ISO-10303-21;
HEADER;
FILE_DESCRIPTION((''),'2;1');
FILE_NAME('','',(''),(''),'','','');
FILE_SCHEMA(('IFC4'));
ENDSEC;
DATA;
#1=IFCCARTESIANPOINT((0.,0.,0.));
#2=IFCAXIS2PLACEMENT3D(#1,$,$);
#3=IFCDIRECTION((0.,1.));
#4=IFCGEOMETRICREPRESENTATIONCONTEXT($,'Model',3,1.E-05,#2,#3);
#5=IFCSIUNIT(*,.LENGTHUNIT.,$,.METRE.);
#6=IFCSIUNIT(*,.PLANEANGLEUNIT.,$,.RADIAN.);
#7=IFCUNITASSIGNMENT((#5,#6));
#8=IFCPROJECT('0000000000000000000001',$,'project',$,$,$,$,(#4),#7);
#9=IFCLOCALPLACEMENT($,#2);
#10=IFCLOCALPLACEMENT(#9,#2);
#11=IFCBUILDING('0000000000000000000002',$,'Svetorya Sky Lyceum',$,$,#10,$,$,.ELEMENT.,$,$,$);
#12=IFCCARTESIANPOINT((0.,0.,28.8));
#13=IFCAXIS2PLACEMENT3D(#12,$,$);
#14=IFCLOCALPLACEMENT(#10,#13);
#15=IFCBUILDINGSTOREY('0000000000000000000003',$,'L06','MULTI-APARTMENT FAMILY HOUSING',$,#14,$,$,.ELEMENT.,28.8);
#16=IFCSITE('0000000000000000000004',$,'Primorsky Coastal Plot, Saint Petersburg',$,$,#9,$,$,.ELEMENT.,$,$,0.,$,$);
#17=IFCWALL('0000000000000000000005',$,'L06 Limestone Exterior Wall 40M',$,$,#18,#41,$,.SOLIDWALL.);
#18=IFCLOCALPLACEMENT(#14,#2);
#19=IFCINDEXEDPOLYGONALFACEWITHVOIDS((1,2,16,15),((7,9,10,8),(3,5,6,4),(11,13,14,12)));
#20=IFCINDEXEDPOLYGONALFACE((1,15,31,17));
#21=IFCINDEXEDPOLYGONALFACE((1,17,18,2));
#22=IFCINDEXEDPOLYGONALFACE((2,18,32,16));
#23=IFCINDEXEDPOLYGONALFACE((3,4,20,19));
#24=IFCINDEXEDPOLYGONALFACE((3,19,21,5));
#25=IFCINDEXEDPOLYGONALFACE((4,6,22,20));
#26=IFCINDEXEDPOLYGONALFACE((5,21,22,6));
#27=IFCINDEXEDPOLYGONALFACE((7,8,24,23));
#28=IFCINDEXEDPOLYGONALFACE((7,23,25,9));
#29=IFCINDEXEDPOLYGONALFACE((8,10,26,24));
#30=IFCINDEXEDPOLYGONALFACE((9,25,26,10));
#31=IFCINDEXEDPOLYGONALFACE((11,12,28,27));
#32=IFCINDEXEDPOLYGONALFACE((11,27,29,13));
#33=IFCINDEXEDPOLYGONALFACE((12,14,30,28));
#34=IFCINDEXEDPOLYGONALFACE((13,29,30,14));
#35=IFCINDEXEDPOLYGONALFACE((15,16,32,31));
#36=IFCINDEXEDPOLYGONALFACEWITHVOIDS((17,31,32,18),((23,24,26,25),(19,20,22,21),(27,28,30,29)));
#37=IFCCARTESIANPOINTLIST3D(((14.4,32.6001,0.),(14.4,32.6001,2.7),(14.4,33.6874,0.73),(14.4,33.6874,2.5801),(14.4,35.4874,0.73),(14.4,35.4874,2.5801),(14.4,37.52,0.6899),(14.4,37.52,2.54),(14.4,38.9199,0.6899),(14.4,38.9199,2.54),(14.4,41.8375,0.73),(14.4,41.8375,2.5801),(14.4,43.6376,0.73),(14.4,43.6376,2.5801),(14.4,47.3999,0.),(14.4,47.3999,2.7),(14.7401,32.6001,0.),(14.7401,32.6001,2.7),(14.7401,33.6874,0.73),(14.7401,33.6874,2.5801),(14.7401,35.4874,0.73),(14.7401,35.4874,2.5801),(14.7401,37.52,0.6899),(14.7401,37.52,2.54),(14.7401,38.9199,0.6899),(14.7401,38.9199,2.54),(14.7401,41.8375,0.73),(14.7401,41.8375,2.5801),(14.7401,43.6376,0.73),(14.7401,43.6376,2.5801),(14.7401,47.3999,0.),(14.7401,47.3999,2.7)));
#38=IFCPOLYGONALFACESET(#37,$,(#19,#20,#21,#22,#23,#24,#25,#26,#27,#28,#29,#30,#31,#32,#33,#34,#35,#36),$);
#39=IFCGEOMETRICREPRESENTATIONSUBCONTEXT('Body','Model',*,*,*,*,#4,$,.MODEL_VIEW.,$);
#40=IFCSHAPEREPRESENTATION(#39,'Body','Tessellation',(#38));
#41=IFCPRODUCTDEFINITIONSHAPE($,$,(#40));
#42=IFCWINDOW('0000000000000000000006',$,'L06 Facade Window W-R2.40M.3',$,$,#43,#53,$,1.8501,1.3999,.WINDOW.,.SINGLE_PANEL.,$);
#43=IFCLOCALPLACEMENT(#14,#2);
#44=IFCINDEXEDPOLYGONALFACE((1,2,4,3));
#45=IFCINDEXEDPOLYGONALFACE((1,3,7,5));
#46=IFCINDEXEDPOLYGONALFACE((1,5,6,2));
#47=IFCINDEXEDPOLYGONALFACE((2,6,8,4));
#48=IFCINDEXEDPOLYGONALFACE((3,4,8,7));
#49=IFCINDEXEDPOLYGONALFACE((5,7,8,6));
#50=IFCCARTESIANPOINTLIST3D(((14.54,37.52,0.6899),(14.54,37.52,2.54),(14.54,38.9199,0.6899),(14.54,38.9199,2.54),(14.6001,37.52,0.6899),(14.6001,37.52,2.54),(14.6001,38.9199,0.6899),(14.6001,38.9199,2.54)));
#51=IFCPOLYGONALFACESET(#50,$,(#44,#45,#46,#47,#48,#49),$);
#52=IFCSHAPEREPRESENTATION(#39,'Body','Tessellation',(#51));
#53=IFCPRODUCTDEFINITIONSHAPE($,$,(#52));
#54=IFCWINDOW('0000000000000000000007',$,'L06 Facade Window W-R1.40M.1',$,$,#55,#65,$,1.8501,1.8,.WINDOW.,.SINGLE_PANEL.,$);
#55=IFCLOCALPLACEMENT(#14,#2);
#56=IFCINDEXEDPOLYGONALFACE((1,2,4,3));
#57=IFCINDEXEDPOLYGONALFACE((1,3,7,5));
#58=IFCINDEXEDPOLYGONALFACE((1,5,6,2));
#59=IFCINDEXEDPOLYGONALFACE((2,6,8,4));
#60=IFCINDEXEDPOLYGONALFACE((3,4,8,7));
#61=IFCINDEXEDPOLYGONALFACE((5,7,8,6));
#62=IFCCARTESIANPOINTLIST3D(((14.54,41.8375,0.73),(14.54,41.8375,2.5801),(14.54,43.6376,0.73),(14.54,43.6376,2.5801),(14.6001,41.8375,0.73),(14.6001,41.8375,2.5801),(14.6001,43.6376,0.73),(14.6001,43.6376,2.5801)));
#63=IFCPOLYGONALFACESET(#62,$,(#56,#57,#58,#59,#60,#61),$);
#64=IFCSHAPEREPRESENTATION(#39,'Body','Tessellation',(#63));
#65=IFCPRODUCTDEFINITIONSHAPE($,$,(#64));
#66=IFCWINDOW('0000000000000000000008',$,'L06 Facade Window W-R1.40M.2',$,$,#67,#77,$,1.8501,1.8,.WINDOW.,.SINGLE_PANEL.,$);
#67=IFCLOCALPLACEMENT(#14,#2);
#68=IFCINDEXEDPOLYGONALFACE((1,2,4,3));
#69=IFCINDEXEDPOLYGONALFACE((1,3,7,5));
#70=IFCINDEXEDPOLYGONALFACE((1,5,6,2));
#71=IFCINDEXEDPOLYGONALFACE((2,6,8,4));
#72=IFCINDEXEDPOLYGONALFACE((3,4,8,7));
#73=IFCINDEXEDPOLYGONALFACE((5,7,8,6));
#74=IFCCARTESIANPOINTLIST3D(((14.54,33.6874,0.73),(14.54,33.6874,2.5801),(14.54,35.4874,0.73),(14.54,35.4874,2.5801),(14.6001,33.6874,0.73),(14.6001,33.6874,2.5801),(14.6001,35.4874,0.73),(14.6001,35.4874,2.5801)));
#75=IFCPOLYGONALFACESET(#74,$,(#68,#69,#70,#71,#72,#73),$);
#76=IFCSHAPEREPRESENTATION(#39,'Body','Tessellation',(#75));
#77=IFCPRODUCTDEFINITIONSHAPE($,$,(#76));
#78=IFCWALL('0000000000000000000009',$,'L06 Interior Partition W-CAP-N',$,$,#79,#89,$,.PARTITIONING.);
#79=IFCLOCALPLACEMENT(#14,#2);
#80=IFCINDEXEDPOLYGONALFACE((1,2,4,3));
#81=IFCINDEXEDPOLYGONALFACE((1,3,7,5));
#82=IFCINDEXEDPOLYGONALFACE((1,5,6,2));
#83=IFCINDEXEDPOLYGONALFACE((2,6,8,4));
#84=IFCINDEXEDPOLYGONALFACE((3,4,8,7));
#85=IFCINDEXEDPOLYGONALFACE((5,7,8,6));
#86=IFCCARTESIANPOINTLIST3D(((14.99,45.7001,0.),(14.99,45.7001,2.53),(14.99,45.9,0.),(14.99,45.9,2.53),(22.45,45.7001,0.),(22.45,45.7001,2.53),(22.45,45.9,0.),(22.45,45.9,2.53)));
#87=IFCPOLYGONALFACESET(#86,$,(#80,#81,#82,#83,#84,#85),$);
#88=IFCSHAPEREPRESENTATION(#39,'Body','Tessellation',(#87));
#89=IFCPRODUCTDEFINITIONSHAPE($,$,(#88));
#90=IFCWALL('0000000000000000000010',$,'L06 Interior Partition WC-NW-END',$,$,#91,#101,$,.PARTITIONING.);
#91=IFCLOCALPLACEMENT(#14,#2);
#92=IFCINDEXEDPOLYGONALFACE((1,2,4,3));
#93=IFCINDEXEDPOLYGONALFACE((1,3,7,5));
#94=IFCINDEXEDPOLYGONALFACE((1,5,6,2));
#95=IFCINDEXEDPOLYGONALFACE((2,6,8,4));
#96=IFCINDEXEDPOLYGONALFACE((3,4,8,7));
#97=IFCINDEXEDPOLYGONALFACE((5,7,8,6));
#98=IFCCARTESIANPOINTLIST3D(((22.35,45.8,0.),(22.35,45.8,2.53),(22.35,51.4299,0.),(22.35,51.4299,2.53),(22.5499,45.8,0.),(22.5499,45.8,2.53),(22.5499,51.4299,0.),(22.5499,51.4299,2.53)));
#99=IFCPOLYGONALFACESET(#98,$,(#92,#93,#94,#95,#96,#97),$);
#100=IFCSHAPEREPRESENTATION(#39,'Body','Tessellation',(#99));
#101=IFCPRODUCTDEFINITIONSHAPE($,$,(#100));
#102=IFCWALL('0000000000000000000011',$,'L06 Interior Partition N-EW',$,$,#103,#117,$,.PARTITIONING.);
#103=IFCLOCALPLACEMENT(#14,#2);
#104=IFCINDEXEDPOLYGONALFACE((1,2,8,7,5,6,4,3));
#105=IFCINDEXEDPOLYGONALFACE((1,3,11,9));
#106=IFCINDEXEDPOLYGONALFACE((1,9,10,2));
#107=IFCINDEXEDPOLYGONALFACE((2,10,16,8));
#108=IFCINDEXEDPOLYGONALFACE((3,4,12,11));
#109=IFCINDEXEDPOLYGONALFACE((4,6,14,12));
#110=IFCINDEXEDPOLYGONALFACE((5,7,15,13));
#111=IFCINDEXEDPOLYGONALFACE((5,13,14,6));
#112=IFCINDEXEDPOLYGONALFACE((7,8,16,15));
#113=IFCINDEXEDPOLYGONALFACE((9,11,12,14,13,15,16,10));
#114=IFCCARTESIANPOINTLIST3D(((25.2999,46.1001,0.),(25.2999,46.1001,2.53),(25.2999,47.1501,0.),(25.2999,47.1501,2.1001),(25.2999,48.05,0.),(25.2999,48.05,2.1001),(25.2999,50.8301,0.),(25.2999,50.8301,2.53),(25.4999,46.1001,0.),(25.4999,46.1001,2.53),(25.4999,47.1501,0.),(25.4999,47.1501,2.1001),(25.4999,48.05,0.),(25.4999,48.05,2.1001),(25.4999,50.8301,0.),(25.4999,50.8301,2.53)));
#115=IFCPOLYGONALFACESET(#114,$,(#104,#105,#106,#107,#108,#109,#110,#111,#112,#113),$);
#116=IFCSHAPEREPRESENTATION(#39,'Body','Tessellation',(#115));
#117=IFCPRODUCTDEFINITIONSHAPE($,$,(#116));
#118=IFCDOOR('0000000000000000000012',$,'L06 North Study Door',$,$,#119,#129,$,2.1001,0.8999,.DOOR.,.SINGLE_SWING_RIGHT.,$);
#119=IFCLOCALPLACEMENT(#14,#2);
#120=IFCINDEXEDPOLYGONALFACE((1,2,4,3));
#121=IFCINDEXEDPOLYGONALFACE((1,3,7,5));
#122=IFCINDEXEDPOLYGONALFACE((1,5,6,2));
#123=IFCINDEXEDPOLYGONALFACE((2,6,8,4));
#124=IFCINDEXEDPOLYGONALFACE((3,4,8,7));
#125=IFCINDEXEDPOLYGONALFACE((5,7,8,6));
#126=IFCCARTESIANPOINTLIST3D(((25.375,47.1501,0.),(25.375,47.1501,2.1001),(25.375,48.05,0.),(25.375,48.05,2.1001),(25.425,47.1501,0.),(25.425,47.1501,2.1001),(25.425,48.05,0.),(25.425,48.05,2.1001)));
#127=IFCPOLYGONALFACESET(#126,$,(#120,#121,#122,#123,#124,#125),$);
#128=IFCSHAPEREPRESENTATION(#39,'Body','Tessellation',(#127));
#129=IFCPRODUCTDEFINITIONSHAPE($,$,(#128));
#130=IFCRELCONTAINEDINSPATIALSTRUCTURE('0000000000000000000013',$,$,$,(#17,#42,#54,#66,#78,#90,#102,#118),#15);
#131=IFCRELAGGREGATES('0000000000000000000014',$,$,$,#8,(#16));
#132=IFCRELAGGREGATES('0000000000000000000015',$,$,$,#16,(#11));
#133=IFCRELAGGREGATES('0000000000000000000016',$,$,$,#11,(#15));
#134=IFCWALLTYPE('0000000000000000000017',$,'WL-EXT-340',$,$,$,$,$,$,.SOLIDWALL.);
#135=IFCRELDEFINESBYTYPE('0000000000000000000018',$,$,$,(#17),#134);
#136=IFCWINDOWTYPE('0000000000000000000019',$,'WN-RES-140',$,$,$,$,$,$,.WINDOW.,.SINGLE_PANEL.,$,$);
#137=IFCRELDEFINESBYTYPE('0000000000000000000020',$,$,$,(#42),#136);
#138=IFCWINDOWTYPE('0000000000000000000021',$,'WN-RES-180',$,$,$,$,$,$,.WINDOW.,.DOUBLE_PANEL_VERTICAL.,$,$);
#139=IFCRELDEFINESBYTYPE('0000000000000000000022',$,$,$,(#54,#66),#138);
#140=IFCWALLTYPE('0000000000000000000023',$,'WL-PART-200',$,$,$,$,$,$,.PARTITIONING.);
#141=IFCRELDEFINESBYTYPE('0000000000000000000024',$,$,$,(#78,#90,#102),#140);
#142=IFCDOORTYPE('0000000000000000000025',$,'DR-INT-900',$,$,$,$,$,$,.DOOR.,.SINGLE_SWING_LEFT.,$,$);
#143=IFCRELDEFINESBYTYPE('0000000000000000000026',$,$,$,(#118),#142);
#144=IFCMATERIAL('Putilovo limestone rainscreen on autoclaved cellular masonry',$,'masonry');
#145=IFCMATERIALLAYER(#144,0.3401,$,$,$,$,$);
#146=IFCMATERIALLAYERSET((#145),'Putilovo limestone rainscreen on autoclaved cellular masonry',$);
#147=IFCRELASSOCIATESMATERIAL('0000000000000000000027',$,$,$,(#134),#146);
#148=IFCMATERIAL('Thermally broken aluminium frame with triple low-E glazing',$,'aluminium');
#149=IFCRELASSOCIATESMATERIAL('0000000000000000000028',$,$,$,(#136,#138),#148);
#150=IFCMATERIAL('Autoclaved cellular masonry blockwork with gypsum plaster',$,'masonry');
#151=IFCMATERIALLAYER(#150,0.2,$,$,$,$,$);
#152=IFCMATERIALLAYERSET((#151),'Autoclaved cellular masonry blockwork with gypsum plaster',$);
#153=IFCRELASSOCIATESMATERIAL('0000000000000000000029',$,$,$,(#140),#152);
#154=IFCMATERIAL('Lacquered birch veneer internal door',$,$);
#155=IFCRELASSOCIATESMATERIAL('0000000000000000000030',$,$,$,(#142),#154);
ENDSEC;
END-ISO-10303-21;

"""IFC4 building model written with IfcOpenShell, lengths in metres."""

from ifc_helpers import new_model, si_unit, direction, frame, frame_2d, origin, place, context, subcontext, project, spatial, rectangle, extrude, material, layer, layer_set, type_object, element, fill, save


model = new_model("IFC4")

# Units and contexts
model_context = context("Model", 3, precision=1e-05, world=origin(), true_north=direction((0.0, 1.0)))
body_context = subcontext(model_context, "Body", "Model", "MODEL_VIEW")
ifc_project = project(units=[si_unit("LENGTHUNIT", "METRE"), si_unit("PLANEANGLEUNIT", "RADIAN")], contexts=[model_context])

# Site, building, storey
site_placement = place(None, origin())
site = spatial("IfcSite", under=ifc_project, at=site_placement, Name="Primorsky Coastal Plot, Saint Petersburg", CompositionType="ELEMENT", RefElevation=0.0)
building_placement = place(site_placement, origin())
building = spatial("IfcBuilding", under=site, at=building_placement, Name="Svetorya Sky Lyceum", CompositionType="ELEMENT")
storey_placement = place(building_placement, frame((0.0, 0.0, 28.8)))
storey = spatial("IfcBuildingStorey", under=building, at=storey_placement, Name="L06", Description="MULTI-APARTMENT FAMILY HOUSING", CompositionType="ELEMENT", Elevation=28.8)

# Shared definitions
ifc_material_1 = material(Name="Putilovo limestone rainscreen on autoclaved cellular masonry", Category="masonry")
ifc_layer_1 = layer(ifc_material_1, 0.3401)
ifc_layer_set_1 = layer_set([ifc_layer_1], Name="Putilovo limestone rainscreen on autoclaved cellular masonry")
wall_type_1 = type_object("IfcWallType", Name="WL-EXT-340", PredefinedType="SOLIDWALL", material=ifc_layer_set_1)

# Wall, openings, windows
wall_1_placement = place(storey_placement, frame((14.5701, 47.3999, 0.0), z_axis=(0.0, 0.0, 1.0), x_axis=(0.0, -1.0, 0.0)))
wall_1 = element("IfcWall", 1, at=wall_1_placement, inside=storey, type_object=wall_type_1, Name="L06 Limestone Exterior Wall 40M", PredefinedType="SOLIDWALL", context=body_context, shape_type="SweptSolid", body=[
    extrude(rectangle(XDim=14.7998, YDim=0.3401, at=frame_2d((7.3999, 0.0))), origin(), (0.0, 0.0, 1.0), 2.7),
])
opening_1_placement = place(wall_1_placement, frame((3.7625, 0.0, 0.73)))
opening_1 = element("IfcOpeningElement", 2, at=opening_1_placement, cuts=wall_1, PredefinedType="OPENING", context=body_context, shape_type="SweptSolid", body=[
    extrude(rectangle(XDim=1.8, YDim=1.8501, at=frame_2d((0.8999, 0.925))), frame((0.0, 0.1799, 0.0), z_axis=(0.0, -1.0, 0.0), x_axis=(1.0, 0.0, 0.0)), (0.0, 0.0, 1.0), 0.3601),
])
opening_2_placement = place(wall_1_placement, frame((8.48, 0.0, 0.6899)))
opening_2 = element("IfcOpeningElement", 3, at=opening_2_placement, cuts=wall_1, PredefinedType="OPENING", context=body_context, shape_type="SweptSolid", body=[
    extrude(rectangle(XDim=1.3999, YDim=1.8501, at=frame_2d((0.7, 0.925))), frame((0.0, 0.1799, 0.0), z_axis=(0.0, -1.0, 0.0), x_axis=(1.0, 0.0, 0.0)), (0.0, 0.0, 1.0), 0.3601),
])
opening_3_placement = place(wall_1_placement, frame((11.9126, 0.0, 0.73)))
opening_3 = element("IfcOpeningElement", 4, at=opening_3_placement, cuts=wall_1, PredefinedType="OPENING", context=body_context, shape_type="SweptSolid", body=[
    extrude(rectangle(XDim=1.8, YDim=1.8501, at=frame_2d((0.8999, 0.925))), frame((0.0, 0.1799, 0.0), z_axis=(0.0, -1.0, 0.0), x_axis=(1.0, 0.0, 0.0)), (0.0, 0.0, 1.0), 0.3601),
])
ifc_material_2 = material(Name="Thermally broken aluminium frame with triple low-E glazing", Category="aluminium")
window_type_1 = type_object("IfcWindowType", Name="WN-RES-140", PartitioningType="SINGLE_PANEL", PredefinedType="WINDOW", material=ifc_material_2)
window_1_placement = place(opening_2_placement, origin())
window_1 = element("IfcWindow", 5, at=window_1_placement, inside=storey, type_object=window_type_1, Name="L06 Facade Window W-R2.40M.3", OverallHeight=1.8501, OverallWidth=1.3999, PartitioningType="SINGLE_PANEL", PredefinedType="WINDOW", context=body_context, shape_type="SweptSolid", body=[
    extrude(rectangle(XDim=1.3999, YDim=1.8501, at=frame_2d((0.7, 0.925))), frame((0.0, 0.03, 0.0), z_axis=(0.0, -1.0, 0.0), x_axis=(1.0, 0.0, 0.0)), (0.0, 0.0, 1.0), 0.0601),
])
fill(opening_2, window_1)
window_type_2 = type_object("IfcWindowType", Name="WN-RES-180", PartitioningType="DOUBLE_PANEL_VERTICAL", PredefinedType="WINDOW", material=ifc_material_2)
window_2_placement = place(opening_1_placement, origin())
window_2 = element("IfcWindow", 6, at=window_2_placement, inside=storey, type_object=window_type_2, Name="L06 Facade Window W-R1.40M.1", OverallHeight=1.8501, OverallWidth=1.8, PartitioningType="SINGLE_PANEL", PredefinedType="WINDOW", context=body_context, shape_type="SweptSolid", body=[
    extrude(rectangle(XDim=1.8, YDim=1.8501, at=frame_2d((0.8999, 0.925))), frame((0.0, 0.03, 0.0), z_axis=(0.0, -1.0, 0.0), x_axis=(1.0, 0.0, 0.0)), (0.0, 0.0, 1.0), 0.0601),
])
fill(opening_1, window_2)
window_3_placement = place(opening_3_placement, origin())
window_3 = element("IfcWindow", 7, at=window_3_placement, inside=storey, type_object=window_type_2, Name="L06 Facade Window W-R1.40M.2", OverallHeight=1.8501, OverallWidth=1.8, PartitioningType="SINGLE_PANEL", PredefinedType="WINDOW", context=body_context, shape_type="SweptSolid", body=[
    extrude(rectangle(XDim=1.8, YDim=1.8501, at=frame_2d((0.8999, 0.925))), frame((0.0, 0.03, 0.0), z_axis=(0.0, -1.0, 0.0), x_axis=(1.0, 0.0, 0.0)), (0.0, 0.0, 1.0), 0.0601),
])
fill(opening_3, window_3)

# Walls
ifc_material_3 = material(Name="Autoclaved cellular masonry blockwork with gypsum plaster", Category="masonry")
ifc_layer_2 = layer(ifc_material_3, 0.2)
ifc_layer_set_2 = layer_set([ifc_layer_2], Name="Autoclaved cellular masonry blockwork with gypsum plaster")
wall_type_2 = type_object("IfcWallType", Name="WL-PART-200", PredefinedType="PARTITIONING", material=ifc_layer_set_2)
wall_2_placement = place(storey_placement, frame((14.99, 45.8, 0.0), z_axis=(0.0, 0.0, 1.0), x_axis=(1.0, 0.0, 0.0)))
element("IfcWall", 8, at=wall_2_placement, inside=storey, type_object=wall_type_2, Name="L06 Interior Partition W-CAP-N", PredefinedType="PARTITIONING", context=body_context, shape_type="SweptSolid", body=[
    extrude(rectangle(XDim=7.46, YDim=0.2, at=frame_2d((3.73, 0.0))), origin(), (0.0, 0.0, 1.0), 2.53),
])
wall_3_placement = place(storey_placement, frame((22.45, 45.8, 0.0), z_axis=(0.0, 0.0, 1.0), x_axis=(0.0, 1.0, 0.0)))
element("IfcWall", 9, at=wall_3_placement, inside=storey, type_object=wall_type_2, Name="L06 Interior Partition WC-NW-END", PredefinedType="PARTITIONING", context=body_context, shape_type="SweptSolid", body=[
    extrude(rectangle(XDim=5.6299, YDim=0.2, at=frame_2d((2.8149, 0.0))), origin(), (0.0, 0.0, 1.0), 2.53),
])

# Wall, opening, door
wall_4_placement = place(storey_placement, frame((25.3999, 46.1001, 0.0), z_axis=(0.0, 0.0, 1.0), x_axis=(0.0, 1.0, 0.0)))
wall_4 = element("IfcWall", 10, at=wall_4_placement, inside=storey, type_object=wall_type_2, Name="L06 Interior Partition N-EW", PredefinedType="PARTITIONING", context=body_context, shape_type="SweptSolid", body=[
    extrude(rectangle(XDim=4.73, YDim=0.2, at=frame_2d((2.365, 0.0))), origin(), (0.0, 0.0, 1.0), 2.53),
])
opening_4_placement = place(wall_4_placement, frame((1.05, 0.0, 0.0)))
opening_4 = element("IfcOpeningElement", 11, at=opening_4_placement, cuts=wall_4, PredefinedType="OPENING", context=body_context, shape_type="SweptSolid", body=[
    extrude(rectangle(XDim=0.8999, YDim=2.1001, at=frame_2d((0.45, 1.05))), frame((0.0, 0.1099, 0.0), z_axis=(0.0, -1.0, 0.0), x_axis=(1.0, 0.0, 0.0)), (0.0, 0.0, 1.0), 0.22),
])
ifc_material_4 = material(Name="Lacquered birch veneer internal door")
door_type = type_object("IfcDoorType", Name="DR-INT-900", OperationType="SINGLE_SWING_LEFT", PredefinedType="DOOR", material=ifc_material_4)
door_placement = place(opening_4_placement, origin())
door = element("IfcDoor", 12, at=door_placement, inside=storey, type_object=door_type, Name="L06 North Study Door", OperationType="SINGLE_SWING_RIGHT", OverallHeight=2.1001, OverallWidth=0.8999, PredefinedType="DOOR", context=body_context, shape_type="SweptSolid", body=[
    extrude(rectangle(XDim=0.8999, YDim=2.1001, at=frame_2d((0.45, 1.05))), frame((0.0, 0.0249, 0.0), z_axis=(0.0, -1.0, 0.0), x_axis=(1.0, 0.0, 0.0)), (0.0, 0.0, 1.0), 0.05),
])
fill(opening_4, door)

save(model, "model.ifc")
